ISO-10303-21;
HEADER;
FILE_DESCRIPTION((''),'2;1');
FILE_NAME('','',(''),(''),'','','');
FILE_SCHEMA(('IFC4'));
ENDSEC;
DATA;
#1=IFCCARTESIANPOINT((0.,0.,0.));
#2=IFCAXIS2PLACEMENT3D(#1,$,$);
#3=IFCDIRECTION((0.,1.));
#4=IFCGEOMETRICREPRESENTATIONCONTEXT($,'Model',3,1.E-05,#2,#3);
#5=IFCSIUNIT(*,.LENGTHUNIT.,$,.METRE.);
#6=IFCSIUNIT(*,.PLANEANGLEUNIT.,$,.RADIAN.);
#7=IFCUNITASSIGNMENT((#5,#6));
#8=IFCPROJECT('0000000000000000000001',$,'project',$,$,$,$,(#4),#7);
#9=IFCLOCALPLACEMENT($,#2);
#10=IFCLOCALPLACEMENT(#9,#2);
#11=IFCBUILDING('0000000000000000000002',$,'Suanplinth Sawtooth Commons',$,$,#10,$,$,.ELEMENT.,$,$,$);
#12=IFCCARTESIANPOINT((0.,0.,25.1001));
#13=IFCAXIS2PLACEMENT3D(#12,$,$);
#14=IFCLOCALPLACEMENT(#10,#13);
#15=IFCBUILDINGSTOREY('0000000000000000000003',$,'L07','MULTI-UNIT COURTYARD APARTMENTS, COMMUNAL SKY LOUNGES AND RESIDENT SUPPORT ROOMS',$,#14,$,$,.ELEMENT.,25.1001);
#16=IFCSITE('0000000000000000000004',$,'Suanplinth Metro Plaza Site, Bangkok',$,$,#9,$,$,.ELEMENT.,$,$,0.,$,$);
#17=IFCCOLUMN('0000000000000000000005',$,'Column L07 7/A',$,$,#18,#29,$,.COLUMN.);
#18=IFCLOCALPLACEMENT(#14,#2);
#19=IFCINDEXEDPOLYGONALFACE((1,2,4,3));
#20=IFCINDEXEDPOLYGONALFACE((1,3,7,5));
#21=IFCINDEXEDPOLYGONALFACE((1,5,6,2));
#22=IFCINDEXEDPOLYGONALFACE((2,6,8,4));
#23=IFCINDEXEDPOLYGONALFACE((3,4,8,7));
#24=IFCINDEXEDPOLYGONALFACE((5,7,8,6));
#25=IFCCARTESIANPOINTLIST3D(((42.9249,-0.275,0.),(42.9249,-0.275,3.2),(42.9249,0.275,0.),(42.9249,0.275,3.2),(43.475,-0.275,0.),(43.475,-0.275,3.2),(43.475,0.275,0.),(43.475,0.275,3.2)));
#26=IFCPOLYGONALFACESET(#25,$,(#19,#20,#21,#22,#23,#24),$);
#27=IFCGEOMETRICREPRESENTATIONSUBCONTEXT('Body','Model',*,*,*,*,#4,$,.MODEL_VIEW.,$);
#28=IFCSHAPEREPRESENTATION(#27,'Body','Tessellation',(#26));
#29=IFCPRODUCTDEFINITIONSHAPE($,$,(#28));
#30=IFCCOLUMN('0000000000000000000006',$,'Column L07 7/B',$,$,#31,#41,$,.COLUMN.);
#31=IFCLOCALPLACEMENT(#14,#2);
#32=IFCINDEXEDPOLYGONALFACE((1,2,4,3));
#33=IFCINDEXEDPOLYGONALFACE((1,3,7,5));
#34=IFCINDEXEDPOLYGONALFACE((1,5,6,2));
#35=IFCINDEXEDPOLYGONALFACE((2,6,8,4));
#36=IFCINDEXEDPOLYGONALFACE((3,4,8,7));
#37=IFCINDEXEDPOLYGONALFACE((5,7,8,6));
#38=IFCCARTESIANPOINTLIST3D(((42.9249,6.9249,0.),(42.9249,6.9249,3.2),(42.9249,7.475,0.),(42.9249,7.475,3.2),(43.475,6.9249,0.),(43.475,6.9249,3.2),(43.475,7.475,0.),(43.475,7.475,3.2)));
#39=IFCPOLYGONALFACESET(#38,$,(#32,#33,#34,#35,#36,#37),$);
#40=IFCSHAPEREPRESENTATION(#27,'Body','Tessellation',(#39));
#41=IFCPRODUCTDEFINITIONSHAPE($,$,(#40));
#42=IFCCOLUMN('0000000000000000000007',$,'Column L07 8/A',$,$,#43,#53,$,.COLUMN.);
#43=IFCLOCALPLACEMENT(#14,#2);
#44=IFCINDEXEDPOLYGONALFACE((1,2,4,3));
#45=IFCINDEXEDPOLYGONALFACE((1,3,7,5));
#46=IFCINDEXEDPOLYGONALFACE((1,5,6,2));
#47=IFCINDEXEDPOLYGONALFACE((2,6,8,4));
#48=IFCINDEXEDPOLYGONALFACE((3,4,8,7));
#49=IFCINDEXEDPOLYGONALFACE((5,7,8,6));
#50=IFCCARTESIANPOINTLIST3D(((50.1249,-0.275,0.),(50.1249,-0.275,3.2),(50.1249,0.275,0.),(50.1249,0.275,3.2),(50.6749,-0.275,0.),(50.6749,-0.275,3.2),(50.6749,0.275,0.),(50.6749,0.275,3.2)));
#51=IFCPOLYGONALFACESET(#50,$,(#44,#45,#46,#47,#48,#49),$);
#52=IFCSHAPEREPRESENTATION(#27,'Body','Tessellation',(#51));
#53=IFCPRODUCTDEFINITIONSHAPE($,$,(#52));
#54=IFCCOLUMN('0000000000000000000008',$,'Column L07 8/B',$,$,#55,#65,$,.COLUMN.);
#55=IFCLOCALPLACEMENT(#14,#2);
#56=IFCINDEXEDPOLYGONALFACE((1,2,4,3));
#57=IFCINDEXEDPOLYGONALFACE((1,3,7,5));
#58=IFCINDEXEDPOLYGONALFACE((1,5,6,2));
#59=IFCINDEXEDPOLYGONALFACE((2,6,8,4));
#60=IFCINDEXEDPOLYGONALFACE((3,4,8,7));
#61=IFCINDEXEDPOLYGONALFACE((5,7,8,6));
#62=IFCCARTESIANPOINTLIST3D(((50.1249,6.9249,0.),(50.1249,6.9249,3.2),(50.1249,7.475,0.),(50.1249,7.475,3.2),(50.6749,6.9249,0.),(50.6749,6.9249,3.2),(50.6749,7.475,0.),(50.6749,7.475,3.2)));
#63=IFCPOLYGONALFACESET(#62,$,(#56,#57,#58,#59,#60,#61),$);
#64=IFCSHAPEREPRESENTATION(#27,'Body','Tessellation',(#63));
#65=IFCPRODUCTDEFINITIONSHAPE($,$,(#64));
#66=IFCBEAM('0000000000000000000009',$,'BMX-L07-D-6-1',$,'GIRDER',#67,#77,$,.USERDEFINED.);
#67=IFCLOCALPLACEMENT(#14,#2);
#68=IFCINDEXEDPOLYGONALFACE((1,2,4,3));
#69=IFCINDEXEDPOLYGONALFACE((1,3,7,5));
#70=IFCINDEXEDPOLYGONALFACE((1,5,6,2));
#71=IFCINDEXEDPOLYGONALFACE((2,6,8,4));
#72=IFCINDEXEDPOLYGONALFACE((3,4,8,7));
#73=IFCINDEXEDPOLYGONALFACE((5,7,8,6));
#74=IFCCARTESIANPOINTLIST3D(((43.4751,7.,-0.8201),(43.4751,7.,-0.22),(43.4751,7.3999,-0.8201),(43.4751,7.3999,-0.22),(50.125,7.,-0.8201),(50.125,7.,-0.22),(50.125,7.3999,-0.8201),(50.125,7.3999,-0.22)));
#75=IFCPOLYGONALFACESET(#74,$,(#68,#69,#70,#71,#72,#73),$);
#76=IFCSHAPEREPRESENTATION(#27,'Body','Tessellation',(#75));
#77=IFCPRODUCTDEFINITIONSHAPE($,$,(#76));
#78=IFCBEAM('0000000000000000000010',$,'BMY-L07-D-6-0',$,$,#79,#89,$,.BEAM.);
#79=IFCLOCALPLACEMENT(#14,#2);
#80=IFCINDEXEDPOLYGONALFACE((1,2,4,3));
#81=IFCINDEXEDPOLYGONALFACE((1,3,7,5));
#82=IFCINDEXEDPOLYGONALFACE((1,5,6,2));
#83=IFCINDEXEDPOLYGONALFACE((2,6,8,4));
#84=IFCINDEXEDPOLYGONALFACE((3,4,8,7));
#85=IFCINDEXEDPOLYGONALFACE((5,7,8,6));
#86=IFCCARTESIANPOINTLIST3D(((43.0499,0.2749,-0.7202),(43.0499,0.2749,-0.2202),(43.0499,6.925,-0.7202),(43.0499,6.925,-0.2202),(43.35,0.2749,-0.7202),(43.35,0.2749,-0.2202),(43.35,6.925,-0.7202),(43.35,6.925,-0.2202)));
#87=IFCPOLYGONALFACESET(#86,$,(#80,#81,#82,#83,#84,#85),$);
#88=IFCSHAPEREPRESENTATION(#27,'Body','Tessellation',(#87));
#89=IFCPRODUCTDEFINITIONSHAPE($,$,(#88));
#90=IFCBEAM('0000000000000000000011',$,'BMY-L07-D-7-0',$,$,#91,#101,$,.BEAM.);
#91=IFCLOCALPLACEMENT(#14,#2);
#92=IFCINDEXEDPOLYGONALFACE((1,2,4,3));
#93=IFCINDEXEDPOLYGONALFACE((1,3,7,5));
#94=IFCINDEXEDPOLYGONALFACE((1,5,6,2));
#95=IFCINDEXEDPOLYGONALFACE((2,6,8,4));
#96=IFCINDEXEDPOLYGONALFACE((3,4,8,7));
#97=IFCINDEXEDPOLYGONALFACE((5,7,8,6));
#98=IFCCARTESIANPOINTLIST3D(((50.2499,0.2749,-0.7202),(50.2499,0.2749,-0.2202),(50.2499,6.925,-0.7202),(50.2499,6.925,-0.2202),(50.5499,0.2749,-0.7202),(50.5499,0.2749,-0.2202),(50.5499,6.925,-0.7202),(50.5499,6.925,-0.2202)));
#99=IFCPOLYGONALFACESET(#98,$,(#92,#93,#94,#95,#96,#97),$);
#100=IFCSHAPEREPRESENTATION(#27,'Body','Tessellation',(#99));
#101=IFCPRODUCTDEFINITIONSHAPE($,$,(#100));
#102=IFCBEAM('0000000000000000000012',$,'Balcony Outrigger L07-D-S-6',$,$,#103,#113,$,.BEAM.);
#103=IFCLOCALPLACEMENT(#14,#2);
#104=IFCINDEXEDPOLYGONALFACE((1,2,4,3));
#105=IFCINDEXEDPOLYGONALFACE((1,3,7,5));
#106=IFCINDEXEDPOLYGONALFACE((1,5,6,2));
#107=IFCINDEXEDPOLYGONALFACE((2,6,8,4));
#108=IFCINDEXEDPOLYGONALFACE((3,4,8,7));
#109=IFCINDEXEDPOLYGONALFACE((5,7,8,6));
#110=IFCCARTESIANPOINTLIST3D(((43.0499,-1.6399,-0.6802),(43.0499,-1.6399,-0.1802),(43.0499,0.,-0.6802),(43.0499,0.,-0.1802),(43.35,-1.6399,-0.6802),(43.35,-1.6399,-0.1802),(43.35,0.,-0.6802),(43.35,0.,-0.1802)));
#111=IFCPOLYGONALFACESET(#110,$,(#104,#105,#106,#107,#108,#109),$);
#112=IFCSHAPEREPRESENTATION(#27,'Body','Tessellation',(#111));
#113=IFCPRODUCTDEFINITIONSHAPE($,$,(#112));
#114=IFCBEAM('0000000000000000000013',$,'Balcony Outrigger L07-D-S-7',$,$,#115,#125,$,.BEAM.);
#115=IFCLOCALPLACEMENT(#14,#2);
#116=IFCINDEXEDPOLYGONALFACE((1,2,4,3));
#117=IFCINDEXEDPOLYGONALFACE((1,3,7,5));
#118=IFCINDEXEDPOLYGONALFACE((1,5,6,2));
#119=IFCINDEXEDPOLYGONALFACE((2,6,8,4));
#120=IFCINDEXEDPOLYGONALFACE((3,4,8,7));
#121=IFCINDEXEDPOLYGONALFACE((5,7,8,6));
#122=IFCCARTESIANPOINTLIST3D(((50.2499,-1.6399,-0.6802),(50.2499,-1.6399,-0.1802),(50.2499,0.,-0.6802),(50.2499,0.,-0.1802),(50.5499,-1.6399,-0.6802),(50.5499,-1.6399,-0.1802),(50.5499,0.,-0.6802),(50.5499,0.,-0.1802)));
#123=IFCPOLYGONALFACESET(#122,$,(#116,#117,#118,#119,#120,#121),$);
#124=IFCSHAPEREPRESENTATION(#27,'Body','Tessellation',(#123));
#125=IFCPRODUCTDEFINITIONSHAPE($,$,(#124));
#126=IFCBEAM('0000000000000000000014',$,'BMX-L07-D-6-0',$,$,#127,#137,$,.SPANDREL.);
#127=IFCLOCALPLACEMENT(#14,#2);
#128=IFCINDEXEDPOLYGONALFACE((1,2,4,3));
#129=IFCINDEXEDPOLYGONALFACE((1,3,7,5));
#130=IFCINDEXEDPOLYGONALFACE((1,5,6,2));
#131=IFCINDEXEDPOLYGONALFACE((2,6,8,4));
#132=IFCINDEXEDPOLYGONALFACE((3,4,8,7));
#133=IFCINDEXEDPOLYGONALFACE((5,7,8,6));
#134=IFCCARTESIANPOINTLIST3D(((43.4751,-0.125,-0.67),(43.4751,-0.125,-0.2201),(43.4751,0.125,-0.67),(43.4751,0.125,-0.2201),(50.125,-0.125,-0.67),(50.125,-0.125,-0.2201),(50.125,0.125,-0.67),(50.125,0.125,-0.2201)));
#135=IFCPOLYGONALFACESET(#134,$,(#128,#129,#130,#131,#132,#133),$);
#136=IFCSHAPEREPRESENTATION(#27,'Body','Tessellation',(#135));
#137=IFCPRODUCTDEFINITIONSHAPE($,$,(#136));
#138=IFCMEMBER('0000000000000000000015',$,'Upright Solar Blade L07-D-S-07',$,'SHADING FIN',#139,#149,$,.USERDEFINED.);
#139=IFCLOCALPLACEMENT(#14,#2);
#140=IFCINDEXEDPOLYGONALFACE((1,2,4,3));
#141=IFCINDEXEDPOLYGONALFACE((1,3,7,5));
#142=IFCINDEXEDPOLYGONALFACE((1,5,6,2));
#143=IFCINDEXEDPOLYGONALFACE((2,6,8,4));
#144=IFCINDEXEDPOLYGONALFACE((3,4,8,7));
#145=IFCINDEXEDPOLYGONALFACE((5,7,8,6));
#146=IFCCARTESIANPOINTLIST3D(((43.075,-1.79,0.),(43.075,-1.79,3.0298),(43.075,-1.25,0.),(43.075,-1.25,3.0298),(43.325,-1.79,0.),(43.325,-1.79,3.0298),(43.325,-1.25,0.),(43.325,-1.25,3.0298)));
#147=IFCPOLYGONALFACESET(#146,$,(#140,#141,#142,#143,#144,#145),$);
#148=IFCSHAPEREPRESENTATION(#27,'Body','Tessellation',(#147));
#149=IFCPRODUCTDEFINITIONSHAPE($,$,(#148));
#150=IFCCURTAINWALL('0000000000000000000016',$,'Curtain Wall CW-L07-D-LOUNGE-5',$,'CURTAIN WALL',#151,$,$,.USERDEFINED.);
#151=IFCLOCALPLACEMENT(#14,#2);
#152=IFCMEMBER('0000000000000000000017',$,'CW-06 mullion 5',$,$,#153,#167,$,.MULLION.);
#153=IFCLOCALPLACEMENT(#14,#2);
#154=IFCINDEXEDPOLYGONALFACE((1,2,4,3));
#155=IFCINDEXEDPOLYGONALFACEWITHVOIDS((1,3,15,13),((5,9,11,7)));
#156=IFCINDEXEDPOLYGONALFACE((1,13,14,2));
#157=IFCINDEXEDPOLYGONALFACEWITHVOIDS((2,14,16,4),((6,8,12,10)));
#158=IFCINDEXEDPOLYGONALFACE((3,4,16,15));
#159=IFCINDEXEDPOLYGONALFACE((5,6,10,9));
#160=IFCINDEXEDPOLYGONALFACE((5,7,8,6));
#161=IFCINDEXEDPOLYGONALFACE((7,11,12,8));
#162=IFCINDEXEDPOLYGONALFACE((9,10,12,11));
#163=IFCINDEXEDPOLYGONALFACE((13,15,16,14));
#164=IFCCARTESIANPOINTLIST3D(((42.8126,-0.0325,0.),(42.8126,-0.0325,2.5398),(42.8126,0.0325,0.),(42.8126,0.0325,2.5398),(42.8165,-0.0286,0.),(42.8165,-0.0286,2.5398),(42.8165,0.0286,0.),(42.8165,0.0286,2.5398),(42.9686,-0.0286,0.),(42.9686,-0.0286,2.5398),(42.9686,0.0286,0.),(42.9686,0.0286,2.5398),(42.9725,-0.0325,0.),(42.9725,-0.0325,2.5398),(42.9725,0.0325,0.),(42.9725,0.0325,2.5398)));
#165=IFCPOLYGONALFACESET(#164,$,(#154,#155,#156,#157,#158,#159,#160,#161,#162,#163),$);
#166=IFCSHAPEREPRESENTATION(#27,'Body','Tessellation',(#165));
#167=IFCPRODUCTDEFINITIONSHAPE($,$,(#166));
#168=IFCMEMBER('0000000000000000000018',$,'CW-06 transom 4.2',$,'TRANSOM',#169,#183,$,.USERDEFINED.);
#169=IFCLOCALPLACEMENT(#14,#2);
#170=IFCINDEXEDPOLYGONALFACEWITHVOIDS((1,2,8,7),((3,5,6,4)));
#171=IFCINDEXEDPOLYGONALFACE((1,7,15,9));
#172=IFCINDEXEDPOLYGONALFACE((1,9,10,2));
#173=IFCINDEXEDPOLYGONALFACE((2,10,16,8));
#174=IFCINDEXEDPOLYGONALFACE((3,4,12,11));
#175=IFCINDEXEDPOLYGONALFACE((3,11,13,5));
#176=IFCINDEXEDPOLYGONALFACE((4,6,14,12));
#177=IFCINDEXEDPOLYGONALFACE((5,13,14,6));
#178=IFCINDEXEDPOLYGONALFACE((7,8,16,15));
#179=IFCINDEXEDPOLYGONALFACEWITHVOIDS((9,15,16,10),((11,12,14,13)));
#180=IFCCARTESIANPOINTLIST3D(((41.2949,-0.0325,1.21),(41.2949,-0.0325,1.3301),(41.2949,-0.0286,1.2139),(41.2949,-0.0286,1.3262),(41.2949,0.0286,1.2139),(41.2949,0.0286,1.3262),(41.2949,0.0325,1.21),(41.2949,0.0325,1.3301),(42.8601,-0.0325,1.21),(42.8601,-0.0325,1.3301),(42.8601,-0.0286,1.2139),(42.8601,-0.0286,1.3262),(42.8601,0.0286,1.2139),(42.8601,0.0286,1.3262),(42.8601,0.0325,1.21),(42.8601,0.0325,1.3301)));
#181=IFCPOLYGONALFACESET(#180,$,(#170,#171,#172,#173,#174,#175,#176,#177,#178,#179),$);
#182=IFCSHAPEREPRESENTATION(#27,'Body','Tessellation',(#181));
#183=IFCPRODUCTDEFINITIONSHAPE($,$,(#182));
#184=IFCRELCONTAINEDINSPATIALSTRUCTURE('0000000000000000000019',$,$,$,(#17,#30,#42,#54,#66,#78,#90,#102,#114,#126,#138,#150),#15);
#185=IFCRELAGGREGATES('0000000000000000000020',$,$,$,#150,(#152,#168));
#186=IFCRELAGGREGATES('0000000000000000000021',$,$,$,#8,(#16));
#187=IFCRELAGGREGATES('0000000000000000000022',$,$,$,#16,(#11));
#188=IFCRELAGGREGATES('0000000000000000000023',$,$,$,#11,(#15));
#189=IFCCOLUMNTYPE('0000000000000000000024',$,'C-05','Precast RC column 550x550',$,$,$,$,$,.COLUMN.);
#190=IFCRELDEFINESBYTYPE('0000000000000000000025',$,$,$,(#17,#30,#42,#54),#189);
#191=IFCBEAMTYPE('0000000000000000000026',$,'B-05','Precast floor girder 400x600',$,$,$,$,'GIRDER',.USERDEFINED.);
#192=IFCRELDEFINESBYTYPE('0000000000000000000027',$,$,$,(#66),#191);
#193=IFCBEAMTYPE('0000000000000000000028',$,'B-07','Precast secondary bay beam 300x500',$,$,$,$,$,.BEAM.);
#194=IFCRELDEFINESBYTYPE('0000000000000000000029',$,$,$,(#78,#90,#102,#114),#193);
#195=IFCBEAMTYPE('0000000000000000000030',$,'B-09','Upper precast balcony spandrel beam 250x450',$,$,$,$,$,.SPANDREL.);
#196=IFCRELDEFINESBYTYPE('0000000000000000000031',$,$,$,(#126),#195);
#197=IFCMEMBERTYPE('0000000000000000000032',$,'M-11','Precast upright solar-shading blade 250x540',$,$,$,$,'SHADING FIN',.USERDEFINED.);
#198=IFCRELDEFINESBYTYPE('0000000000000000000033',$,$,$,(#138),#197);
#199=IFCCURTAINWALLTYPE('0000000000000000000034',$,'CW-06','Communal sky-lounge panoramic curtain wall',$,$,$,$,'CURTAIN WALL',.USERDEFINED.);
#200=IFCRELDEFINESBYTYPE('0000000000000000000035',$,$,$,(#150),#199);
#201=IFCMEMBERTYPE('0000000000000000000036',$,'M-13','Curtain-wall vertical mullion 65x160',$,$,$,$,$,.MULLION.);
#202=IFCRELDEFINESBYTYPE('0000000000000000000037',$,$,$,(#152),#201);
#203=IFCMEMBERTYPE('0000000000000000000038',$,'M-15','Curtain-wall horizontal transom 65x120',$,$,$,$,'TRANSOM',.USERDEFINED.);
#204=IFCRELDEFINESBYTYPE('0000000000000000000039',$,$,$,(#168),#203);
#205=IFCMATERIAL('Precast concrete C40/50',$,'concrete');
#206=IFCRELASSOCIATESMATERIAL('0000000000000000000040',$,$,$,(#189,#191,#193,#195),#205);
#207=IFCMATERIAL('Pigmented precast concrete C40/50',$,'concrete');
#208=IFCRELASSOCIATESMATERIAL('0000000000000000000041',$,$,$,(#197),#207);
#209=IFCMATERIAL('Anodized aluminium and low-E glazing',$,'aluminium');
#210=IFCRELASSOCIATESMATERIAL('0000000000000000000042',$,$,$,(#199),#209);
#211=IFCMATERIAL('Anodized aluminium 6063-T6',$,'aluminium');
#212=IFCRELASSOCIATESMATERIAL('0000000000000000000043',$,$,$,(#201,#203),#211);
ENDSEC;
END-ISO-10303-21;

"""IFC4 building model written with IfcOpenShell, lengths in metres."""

from ifc_helpers import new_model, si_unit, direction, frame, origin, origin_2d, place, context, subcontext, project, spatial, rectangle, hollow_rectangle, extrude, material, material_profile, profile_set, type_object, element, aggregate, save


model = new_model("IFC4")

# Units and contexts
model_context = context("Model", 3, precision=1e-05, world=origin(), true_north=direction((0.0, 1.0)))
body_context = subcontext(model_context, "Body", "Model", "MODEL_VIEW")
ifc_project = project(units=[si_unit("LENGTHUNIT", "METRE"), si_unit("PLANEANGLEUNIT", "RADIAN")], contexts=[model_context])

# Site, building, storey
site_placement = place(None, origin())
site = spatial("IfcSite", under=ifc_project, at=site_placement, Name="Suanplinth Metro Plaza Site, Bangkok", CompositionType="ELEMENT", RefElevation=0.0)
building_placement = place(site_placement, origin())
building = spatial("IfcBuilding", under=site, at=building_placement, Name="Suanplinth Sawtooth Commons", CompositionType="ELEMENT")
storey_placement = place(building_placement, frame((0.0, 0.0, 25.1001)))
storey = spatial("IfcBuildingStorey", under=building, at=storey_placement, Name="L07", Description="MULTI-UNIT COURTYARD APARTMENTS, COMMUNAL SKY LOUNGES AND RESIDENT SUPPORT ROOMS", CompositionType="ELEMENT", Elevation=25.1001)

# Columns
ifc_material_1 = material(Name="Precast concrete C40/50", Category="concrete")
ifc_material_profile_1 = material_profile(ifc_material_1, rectangle(XDim=0.55, YDim=0.55, at=origin_2d()), Name="PC-COL 550x550")
ifc_profile_set_1 = profile_set([ifc_material_profile_1], Name="Precast concrete C40/50")
column_type = type_object("IfcColumnType", Name="C-05", Description="Precast RC column 550x550", PredefinedType="COLUMN", material=ifc_profile_set_1)
for number, where, z_axis, x_axis, name in (
    (1, (43.2, 0.0, 0.0), (0.0, 0.0, 1.0), (1.0, 0.0, 0.0), "Column L07 7/A"),
    (2, (43.2, 7.2, 0.0), (0.0, 0.0, 1.0), (1.0, 0.0, 0.0), "Column L07 7/B"),
    (3, (50.3999, 0.0, 0.0), (0.0, 0.0, 1.0), (1.0, 0.0, 0.0), "Column L07 8/A"),
    (4, (50.3999, 7.2, 0.0), (0.0, 0.0, 1.0), (1.0, 0.0, 0.0), "Column L07 8/B"),
):
    element("IfcColumn", number, at=place(storey_placement, frame(where, z_axis=z_axis, x_axis=x_axis)), inside=storey, type_object=column_type, Name=name, PredefinedType="COLUMN", context=body_context, shape_type="SweptSolid", body=[
        extrude(rectangle(XDim=0.55, YDim=0.55, at=origin_2d()), origin(), (0.0, 0.0, 1.0), 3.2),
    ])

# Beams
ifc_material_profile_2 = material_profile(ifc_material_1, rectangle(XDim=0.3999, YDim=0.6001, at=origin_2d()), Name="PC-GDR 400x600")
ifc_profile_set_2 = profile_set([ifc_material_profile_2], Name="Precast concrete C40/50")
beam_type_1 = type_object("IfcBeamType", Name="B-05", Description="Precast floor girder 400x600", ElementType="GIRDER", PredefinedType="USERDEFINED", material=ifc_profile_set_2)
beam_1_placement = place(storey_placement, frame((43.4751, 7.2, -0.52), z_axis=(1.0, 0.0, 0.0), x_axis=(0.0, 1.0, 0.0)))
element("IfcBeam", 5, at=beam_1_placement, inside=storey, type_object=beam_type_1, Name="BMX-L07-D-6-1", ObjectType="GIRDER", PredefinedType="USERDEFINED", context=body_context, shape_type="SweptSolid", body=[
    extrude(rectangle(XDim=0.3999, YDim=0.6001, at=origin_2d()), origin(), (0.0, 0.0, 1.0), 6.6499),
])
ifc_material_profile_3 = material_profile(ifc_material_1, rectangle(XDim=0.3, YDim=0.5, at=origin_2d()), Name="PC-BM 300x500")
ifc_profile_set_3 = profile_set([ifc_material_profile_3], Name="Precast concrete C40/50")
beam_type_2 = type_object("IfcBeamType", Name="B-07", Description="Precast secondary bay beam 300x500", PredefinedType="BEAM", material=ifc_profile_set_3)
for number, where, z_axis, x_axis, name in (
    (6, (43.2, 0.2749, -0.4702), (0.0, 1.0, 0.0), (-1.0, 0.0, 0.0), "BMY-L07-D-6-0"),
    (7, (50.3999, 0.2749, -0.4702), (0.0, 1.0, 0.0), (-1.0, 0.0, 0.0), "BMY-L07-D-7-0"),
):
    element("IfcBeam", number, at=place(storey_placement, frame(where, z_axis=z_axis, x_axis=x_axis)), inside=storey, type_object=beam_type_2, Name=name, PredefinedType="BEAM", context=body_context, shape_type="SweptSolid", body=[
        extrude(rectangle(XDim=0.3, YDim=0.5, at=origin_2d()), origin(), (0.0, 0.0, 1.0), 6.6501),
    ])
for number, where, z_axis, x_axis, name in (
    (8, (43.2, 0.0, -0.4302), (0.0, -1.0, 0.0), (1.0, 0.0, 0.0), "Balcony Outrigger L07-D-S-6"),
    (9, (50.3999, 0.0, -0.4302), (0.0, -1.0, 0.0), (1.0, 0.0, 0.0), "Balcony Outrigger L07-D-S-7"),
):
    element("IfcBeam", number, at=place(storey_placement, frame(where, z_axis=z_axis, x_axis=x_axis)), inside=storey, type_object=beam_type_2, Name=name, PredefinedType="BEAM", context=body_context, shape_type="SweptSolid", body=[
        extrude(rectangle(XDim=0.3, YDim=0.5, at=origin_2d()), origin(), (0.0, 0.0, 1.0), 1.6399),
    ])
ifc_material_profile_4 = material_profile(ifc_material_1, rectangle(XDim=0.25, YDim=0.45, at=origin_2d()), Name="PC-SP 250x450")
ifc_profile_set_4 = profile_set([ifc_material_profile_4], Name="Precast concrete C40/50")
beam_type_3 = type_object("IfcBeamType", Name="B-09", Description="Upper precast balcony spandrel beam 250x450", PredefinedType="SPANDREL", material=ifc_profile_set_4)
beam_2_placement = place(storey_placement, frame((43.4751, 0.0, -0.4451), z_axis=(1.0, 0.0, 0.0), x_axis=(0.0, 1.0, 0.0)))
element("IfcBeam", 10, at=beam_2_placement, inside=storey, type_object=beam_type_3, Name="BMX-L07-D-6-0", PredefinedType="SPANDREL", context=body_context, shape_type="SweptSolid", body=[
    extrude(rectangle(XDim=0.25, YDim=0.45, at=origin_2d()), origin(), (0.0, 0.0, 1.0), 6.6499),
])

# Member
ifc_material_2 = material(Name="Pigmented precast concrete C40/50", Category="concrete")
ifc_material_profile_5 = material_profile(ifc_material_2, rectangle(XDim=0.25, YDim=0.54, at=origin_2d()), Name="PC-FIN 250x540")
ifc_profile_set_5 = profile_set([ifc_material_profile_5], Name="Pigmented precast concrete C40/50")
member_type_1 = type_object("IfcMemberType", Name="M-11", Description="Precast upright solar-shading blade 250x540", ElementType="SHADING FIN", PredefinedType="USERDEFINED", material=ifc_profile_set_5)
member_1_placement = place(storey_placement, frame((43.2, -1.52, 0.0), z_axis=(0.0, 0.0, 1.0), x_axis=(1.0, 0.0, 0.0)))
element("IfcMember", 11, at=member_1_placement, inside=storey, type_object=member_type_1, Name="Upright Solar Blade L07-D-S-07", ObjectType="SHADING FIN", PredefinedType="USERDEFINED", context=body_context, shape_type="SweptSolid", body=[
    extrude(rectangle(XDim=0.25, YDim=0.54, at=origin_2d()), origin(), (0.0, 0.0, 1.0), 3.0298),
])

# Curtain wall, members
ifc_material_3 = material(Name="Anodized aluminium and low-E glazing", Category="aluminium")
curtain_wall_type = type_object("IfcCurtainWallType", Name="CW-06", Description="Communal sky-lounge panoramic curtain wall", ElementType="CURTAIN WALL", PredefinedType="USERDEFINED", material=ifc_material_3)
curtain_wall_placement = place(storey_placement, origin())
curtain_wall = element("IfcCurtainWall", 12, at=curtain_wall_placement, inside=storey, type_object=curtain_wall_type, Name="Curtain Wall CW-L07-D-LOUNGE-5", ObjectType="CURTAIN WALL", PredefinedType="USERDEFINED")
ifc_material_4 = material(Name="Anodized aluminium 6063-T6", Category="aluminium")
ifc_material_profile_6 = material_profile(ifc_material_4, hollow_rectangle(XDim=0.0649, YDim=0.1599, WallThickness=0.0039, at=origin_2d()), Name="ALU-MUL 65x160")
ifc_profile_set_6 = profile_set([ifc_material_profile_6], Name="Anodized aluminium 6063-T6")
member_type_2 = type_object("IfcMemberType", Name="M-13", Description="Curtain-wall vertical mullion 65x160", PredefinedType="MULLION", material=ifc_profile_set_6)
member_2_placement = place(storey_placement, frame((42.8926, 0.0, 0.0), z_axis=(0.0, 0.0, 1.0), x_axis=(0.0, 1.0, 0.0)))
member_2 = element("IfcMember", 13, at=member_2_placement, type_object=member_type_2, Name="CW-06 mullion 5", PredefinedType="MULLION", context=body_context, shape_type="SweptSolid", body=[
    extrude(hollow_rectangle(XDim=0.0649, YDim=0.1599, WallThickness=0.0039, at=origin_2d()), origin(), (0.0, 0.0, 1.0), 2.5398),
])
ifc_material_profile_7 = material_profile(ifc_material_4, hollow_rectangle(XDim=0.0649, YDim=0.1201, WallThickness=0.0039, at=origin_2d()), Name="ALU-TRN 65x120")
ifc_profile_set_7 = profile_set([ifc_material_profile_7], Name="Anodized aluminium 6063-T6")
member_type_3 = type_object("IfcMemberType", Name="M-15", Description="Curtain-wall horizontal transom 65x120", ElementType="TRANSOM", PredefinedType="USERDEFINED", material=ifc_profile_set_7)
member_3_placement = place(storey_placement, frame((41.2949, 0.0, 1.27), z_axis=(1.0, 0.0, 0.0), x_axis=(0.0, 1.0, 0.0)))
member_3 = element("IfcMember", 14, at=member_3_placement, type_object=member_type_3, Name="CW-06 transom 4.2", ObjectType="TRANSOM", PredefinedType="USERDEFINED", context=body_context, shape_type="SweptSolid", body=[
    extrude(hollow_rectangle(XDim=0.0649, YDim=0.1201, WallThickness=0.0039, at=origin_2d()), origin(), (0.0, 0.0, 1.0), 1.5652),
])
aggregate(curtain_wall, [member_2, member_3])

save(model, "model.ifc")
